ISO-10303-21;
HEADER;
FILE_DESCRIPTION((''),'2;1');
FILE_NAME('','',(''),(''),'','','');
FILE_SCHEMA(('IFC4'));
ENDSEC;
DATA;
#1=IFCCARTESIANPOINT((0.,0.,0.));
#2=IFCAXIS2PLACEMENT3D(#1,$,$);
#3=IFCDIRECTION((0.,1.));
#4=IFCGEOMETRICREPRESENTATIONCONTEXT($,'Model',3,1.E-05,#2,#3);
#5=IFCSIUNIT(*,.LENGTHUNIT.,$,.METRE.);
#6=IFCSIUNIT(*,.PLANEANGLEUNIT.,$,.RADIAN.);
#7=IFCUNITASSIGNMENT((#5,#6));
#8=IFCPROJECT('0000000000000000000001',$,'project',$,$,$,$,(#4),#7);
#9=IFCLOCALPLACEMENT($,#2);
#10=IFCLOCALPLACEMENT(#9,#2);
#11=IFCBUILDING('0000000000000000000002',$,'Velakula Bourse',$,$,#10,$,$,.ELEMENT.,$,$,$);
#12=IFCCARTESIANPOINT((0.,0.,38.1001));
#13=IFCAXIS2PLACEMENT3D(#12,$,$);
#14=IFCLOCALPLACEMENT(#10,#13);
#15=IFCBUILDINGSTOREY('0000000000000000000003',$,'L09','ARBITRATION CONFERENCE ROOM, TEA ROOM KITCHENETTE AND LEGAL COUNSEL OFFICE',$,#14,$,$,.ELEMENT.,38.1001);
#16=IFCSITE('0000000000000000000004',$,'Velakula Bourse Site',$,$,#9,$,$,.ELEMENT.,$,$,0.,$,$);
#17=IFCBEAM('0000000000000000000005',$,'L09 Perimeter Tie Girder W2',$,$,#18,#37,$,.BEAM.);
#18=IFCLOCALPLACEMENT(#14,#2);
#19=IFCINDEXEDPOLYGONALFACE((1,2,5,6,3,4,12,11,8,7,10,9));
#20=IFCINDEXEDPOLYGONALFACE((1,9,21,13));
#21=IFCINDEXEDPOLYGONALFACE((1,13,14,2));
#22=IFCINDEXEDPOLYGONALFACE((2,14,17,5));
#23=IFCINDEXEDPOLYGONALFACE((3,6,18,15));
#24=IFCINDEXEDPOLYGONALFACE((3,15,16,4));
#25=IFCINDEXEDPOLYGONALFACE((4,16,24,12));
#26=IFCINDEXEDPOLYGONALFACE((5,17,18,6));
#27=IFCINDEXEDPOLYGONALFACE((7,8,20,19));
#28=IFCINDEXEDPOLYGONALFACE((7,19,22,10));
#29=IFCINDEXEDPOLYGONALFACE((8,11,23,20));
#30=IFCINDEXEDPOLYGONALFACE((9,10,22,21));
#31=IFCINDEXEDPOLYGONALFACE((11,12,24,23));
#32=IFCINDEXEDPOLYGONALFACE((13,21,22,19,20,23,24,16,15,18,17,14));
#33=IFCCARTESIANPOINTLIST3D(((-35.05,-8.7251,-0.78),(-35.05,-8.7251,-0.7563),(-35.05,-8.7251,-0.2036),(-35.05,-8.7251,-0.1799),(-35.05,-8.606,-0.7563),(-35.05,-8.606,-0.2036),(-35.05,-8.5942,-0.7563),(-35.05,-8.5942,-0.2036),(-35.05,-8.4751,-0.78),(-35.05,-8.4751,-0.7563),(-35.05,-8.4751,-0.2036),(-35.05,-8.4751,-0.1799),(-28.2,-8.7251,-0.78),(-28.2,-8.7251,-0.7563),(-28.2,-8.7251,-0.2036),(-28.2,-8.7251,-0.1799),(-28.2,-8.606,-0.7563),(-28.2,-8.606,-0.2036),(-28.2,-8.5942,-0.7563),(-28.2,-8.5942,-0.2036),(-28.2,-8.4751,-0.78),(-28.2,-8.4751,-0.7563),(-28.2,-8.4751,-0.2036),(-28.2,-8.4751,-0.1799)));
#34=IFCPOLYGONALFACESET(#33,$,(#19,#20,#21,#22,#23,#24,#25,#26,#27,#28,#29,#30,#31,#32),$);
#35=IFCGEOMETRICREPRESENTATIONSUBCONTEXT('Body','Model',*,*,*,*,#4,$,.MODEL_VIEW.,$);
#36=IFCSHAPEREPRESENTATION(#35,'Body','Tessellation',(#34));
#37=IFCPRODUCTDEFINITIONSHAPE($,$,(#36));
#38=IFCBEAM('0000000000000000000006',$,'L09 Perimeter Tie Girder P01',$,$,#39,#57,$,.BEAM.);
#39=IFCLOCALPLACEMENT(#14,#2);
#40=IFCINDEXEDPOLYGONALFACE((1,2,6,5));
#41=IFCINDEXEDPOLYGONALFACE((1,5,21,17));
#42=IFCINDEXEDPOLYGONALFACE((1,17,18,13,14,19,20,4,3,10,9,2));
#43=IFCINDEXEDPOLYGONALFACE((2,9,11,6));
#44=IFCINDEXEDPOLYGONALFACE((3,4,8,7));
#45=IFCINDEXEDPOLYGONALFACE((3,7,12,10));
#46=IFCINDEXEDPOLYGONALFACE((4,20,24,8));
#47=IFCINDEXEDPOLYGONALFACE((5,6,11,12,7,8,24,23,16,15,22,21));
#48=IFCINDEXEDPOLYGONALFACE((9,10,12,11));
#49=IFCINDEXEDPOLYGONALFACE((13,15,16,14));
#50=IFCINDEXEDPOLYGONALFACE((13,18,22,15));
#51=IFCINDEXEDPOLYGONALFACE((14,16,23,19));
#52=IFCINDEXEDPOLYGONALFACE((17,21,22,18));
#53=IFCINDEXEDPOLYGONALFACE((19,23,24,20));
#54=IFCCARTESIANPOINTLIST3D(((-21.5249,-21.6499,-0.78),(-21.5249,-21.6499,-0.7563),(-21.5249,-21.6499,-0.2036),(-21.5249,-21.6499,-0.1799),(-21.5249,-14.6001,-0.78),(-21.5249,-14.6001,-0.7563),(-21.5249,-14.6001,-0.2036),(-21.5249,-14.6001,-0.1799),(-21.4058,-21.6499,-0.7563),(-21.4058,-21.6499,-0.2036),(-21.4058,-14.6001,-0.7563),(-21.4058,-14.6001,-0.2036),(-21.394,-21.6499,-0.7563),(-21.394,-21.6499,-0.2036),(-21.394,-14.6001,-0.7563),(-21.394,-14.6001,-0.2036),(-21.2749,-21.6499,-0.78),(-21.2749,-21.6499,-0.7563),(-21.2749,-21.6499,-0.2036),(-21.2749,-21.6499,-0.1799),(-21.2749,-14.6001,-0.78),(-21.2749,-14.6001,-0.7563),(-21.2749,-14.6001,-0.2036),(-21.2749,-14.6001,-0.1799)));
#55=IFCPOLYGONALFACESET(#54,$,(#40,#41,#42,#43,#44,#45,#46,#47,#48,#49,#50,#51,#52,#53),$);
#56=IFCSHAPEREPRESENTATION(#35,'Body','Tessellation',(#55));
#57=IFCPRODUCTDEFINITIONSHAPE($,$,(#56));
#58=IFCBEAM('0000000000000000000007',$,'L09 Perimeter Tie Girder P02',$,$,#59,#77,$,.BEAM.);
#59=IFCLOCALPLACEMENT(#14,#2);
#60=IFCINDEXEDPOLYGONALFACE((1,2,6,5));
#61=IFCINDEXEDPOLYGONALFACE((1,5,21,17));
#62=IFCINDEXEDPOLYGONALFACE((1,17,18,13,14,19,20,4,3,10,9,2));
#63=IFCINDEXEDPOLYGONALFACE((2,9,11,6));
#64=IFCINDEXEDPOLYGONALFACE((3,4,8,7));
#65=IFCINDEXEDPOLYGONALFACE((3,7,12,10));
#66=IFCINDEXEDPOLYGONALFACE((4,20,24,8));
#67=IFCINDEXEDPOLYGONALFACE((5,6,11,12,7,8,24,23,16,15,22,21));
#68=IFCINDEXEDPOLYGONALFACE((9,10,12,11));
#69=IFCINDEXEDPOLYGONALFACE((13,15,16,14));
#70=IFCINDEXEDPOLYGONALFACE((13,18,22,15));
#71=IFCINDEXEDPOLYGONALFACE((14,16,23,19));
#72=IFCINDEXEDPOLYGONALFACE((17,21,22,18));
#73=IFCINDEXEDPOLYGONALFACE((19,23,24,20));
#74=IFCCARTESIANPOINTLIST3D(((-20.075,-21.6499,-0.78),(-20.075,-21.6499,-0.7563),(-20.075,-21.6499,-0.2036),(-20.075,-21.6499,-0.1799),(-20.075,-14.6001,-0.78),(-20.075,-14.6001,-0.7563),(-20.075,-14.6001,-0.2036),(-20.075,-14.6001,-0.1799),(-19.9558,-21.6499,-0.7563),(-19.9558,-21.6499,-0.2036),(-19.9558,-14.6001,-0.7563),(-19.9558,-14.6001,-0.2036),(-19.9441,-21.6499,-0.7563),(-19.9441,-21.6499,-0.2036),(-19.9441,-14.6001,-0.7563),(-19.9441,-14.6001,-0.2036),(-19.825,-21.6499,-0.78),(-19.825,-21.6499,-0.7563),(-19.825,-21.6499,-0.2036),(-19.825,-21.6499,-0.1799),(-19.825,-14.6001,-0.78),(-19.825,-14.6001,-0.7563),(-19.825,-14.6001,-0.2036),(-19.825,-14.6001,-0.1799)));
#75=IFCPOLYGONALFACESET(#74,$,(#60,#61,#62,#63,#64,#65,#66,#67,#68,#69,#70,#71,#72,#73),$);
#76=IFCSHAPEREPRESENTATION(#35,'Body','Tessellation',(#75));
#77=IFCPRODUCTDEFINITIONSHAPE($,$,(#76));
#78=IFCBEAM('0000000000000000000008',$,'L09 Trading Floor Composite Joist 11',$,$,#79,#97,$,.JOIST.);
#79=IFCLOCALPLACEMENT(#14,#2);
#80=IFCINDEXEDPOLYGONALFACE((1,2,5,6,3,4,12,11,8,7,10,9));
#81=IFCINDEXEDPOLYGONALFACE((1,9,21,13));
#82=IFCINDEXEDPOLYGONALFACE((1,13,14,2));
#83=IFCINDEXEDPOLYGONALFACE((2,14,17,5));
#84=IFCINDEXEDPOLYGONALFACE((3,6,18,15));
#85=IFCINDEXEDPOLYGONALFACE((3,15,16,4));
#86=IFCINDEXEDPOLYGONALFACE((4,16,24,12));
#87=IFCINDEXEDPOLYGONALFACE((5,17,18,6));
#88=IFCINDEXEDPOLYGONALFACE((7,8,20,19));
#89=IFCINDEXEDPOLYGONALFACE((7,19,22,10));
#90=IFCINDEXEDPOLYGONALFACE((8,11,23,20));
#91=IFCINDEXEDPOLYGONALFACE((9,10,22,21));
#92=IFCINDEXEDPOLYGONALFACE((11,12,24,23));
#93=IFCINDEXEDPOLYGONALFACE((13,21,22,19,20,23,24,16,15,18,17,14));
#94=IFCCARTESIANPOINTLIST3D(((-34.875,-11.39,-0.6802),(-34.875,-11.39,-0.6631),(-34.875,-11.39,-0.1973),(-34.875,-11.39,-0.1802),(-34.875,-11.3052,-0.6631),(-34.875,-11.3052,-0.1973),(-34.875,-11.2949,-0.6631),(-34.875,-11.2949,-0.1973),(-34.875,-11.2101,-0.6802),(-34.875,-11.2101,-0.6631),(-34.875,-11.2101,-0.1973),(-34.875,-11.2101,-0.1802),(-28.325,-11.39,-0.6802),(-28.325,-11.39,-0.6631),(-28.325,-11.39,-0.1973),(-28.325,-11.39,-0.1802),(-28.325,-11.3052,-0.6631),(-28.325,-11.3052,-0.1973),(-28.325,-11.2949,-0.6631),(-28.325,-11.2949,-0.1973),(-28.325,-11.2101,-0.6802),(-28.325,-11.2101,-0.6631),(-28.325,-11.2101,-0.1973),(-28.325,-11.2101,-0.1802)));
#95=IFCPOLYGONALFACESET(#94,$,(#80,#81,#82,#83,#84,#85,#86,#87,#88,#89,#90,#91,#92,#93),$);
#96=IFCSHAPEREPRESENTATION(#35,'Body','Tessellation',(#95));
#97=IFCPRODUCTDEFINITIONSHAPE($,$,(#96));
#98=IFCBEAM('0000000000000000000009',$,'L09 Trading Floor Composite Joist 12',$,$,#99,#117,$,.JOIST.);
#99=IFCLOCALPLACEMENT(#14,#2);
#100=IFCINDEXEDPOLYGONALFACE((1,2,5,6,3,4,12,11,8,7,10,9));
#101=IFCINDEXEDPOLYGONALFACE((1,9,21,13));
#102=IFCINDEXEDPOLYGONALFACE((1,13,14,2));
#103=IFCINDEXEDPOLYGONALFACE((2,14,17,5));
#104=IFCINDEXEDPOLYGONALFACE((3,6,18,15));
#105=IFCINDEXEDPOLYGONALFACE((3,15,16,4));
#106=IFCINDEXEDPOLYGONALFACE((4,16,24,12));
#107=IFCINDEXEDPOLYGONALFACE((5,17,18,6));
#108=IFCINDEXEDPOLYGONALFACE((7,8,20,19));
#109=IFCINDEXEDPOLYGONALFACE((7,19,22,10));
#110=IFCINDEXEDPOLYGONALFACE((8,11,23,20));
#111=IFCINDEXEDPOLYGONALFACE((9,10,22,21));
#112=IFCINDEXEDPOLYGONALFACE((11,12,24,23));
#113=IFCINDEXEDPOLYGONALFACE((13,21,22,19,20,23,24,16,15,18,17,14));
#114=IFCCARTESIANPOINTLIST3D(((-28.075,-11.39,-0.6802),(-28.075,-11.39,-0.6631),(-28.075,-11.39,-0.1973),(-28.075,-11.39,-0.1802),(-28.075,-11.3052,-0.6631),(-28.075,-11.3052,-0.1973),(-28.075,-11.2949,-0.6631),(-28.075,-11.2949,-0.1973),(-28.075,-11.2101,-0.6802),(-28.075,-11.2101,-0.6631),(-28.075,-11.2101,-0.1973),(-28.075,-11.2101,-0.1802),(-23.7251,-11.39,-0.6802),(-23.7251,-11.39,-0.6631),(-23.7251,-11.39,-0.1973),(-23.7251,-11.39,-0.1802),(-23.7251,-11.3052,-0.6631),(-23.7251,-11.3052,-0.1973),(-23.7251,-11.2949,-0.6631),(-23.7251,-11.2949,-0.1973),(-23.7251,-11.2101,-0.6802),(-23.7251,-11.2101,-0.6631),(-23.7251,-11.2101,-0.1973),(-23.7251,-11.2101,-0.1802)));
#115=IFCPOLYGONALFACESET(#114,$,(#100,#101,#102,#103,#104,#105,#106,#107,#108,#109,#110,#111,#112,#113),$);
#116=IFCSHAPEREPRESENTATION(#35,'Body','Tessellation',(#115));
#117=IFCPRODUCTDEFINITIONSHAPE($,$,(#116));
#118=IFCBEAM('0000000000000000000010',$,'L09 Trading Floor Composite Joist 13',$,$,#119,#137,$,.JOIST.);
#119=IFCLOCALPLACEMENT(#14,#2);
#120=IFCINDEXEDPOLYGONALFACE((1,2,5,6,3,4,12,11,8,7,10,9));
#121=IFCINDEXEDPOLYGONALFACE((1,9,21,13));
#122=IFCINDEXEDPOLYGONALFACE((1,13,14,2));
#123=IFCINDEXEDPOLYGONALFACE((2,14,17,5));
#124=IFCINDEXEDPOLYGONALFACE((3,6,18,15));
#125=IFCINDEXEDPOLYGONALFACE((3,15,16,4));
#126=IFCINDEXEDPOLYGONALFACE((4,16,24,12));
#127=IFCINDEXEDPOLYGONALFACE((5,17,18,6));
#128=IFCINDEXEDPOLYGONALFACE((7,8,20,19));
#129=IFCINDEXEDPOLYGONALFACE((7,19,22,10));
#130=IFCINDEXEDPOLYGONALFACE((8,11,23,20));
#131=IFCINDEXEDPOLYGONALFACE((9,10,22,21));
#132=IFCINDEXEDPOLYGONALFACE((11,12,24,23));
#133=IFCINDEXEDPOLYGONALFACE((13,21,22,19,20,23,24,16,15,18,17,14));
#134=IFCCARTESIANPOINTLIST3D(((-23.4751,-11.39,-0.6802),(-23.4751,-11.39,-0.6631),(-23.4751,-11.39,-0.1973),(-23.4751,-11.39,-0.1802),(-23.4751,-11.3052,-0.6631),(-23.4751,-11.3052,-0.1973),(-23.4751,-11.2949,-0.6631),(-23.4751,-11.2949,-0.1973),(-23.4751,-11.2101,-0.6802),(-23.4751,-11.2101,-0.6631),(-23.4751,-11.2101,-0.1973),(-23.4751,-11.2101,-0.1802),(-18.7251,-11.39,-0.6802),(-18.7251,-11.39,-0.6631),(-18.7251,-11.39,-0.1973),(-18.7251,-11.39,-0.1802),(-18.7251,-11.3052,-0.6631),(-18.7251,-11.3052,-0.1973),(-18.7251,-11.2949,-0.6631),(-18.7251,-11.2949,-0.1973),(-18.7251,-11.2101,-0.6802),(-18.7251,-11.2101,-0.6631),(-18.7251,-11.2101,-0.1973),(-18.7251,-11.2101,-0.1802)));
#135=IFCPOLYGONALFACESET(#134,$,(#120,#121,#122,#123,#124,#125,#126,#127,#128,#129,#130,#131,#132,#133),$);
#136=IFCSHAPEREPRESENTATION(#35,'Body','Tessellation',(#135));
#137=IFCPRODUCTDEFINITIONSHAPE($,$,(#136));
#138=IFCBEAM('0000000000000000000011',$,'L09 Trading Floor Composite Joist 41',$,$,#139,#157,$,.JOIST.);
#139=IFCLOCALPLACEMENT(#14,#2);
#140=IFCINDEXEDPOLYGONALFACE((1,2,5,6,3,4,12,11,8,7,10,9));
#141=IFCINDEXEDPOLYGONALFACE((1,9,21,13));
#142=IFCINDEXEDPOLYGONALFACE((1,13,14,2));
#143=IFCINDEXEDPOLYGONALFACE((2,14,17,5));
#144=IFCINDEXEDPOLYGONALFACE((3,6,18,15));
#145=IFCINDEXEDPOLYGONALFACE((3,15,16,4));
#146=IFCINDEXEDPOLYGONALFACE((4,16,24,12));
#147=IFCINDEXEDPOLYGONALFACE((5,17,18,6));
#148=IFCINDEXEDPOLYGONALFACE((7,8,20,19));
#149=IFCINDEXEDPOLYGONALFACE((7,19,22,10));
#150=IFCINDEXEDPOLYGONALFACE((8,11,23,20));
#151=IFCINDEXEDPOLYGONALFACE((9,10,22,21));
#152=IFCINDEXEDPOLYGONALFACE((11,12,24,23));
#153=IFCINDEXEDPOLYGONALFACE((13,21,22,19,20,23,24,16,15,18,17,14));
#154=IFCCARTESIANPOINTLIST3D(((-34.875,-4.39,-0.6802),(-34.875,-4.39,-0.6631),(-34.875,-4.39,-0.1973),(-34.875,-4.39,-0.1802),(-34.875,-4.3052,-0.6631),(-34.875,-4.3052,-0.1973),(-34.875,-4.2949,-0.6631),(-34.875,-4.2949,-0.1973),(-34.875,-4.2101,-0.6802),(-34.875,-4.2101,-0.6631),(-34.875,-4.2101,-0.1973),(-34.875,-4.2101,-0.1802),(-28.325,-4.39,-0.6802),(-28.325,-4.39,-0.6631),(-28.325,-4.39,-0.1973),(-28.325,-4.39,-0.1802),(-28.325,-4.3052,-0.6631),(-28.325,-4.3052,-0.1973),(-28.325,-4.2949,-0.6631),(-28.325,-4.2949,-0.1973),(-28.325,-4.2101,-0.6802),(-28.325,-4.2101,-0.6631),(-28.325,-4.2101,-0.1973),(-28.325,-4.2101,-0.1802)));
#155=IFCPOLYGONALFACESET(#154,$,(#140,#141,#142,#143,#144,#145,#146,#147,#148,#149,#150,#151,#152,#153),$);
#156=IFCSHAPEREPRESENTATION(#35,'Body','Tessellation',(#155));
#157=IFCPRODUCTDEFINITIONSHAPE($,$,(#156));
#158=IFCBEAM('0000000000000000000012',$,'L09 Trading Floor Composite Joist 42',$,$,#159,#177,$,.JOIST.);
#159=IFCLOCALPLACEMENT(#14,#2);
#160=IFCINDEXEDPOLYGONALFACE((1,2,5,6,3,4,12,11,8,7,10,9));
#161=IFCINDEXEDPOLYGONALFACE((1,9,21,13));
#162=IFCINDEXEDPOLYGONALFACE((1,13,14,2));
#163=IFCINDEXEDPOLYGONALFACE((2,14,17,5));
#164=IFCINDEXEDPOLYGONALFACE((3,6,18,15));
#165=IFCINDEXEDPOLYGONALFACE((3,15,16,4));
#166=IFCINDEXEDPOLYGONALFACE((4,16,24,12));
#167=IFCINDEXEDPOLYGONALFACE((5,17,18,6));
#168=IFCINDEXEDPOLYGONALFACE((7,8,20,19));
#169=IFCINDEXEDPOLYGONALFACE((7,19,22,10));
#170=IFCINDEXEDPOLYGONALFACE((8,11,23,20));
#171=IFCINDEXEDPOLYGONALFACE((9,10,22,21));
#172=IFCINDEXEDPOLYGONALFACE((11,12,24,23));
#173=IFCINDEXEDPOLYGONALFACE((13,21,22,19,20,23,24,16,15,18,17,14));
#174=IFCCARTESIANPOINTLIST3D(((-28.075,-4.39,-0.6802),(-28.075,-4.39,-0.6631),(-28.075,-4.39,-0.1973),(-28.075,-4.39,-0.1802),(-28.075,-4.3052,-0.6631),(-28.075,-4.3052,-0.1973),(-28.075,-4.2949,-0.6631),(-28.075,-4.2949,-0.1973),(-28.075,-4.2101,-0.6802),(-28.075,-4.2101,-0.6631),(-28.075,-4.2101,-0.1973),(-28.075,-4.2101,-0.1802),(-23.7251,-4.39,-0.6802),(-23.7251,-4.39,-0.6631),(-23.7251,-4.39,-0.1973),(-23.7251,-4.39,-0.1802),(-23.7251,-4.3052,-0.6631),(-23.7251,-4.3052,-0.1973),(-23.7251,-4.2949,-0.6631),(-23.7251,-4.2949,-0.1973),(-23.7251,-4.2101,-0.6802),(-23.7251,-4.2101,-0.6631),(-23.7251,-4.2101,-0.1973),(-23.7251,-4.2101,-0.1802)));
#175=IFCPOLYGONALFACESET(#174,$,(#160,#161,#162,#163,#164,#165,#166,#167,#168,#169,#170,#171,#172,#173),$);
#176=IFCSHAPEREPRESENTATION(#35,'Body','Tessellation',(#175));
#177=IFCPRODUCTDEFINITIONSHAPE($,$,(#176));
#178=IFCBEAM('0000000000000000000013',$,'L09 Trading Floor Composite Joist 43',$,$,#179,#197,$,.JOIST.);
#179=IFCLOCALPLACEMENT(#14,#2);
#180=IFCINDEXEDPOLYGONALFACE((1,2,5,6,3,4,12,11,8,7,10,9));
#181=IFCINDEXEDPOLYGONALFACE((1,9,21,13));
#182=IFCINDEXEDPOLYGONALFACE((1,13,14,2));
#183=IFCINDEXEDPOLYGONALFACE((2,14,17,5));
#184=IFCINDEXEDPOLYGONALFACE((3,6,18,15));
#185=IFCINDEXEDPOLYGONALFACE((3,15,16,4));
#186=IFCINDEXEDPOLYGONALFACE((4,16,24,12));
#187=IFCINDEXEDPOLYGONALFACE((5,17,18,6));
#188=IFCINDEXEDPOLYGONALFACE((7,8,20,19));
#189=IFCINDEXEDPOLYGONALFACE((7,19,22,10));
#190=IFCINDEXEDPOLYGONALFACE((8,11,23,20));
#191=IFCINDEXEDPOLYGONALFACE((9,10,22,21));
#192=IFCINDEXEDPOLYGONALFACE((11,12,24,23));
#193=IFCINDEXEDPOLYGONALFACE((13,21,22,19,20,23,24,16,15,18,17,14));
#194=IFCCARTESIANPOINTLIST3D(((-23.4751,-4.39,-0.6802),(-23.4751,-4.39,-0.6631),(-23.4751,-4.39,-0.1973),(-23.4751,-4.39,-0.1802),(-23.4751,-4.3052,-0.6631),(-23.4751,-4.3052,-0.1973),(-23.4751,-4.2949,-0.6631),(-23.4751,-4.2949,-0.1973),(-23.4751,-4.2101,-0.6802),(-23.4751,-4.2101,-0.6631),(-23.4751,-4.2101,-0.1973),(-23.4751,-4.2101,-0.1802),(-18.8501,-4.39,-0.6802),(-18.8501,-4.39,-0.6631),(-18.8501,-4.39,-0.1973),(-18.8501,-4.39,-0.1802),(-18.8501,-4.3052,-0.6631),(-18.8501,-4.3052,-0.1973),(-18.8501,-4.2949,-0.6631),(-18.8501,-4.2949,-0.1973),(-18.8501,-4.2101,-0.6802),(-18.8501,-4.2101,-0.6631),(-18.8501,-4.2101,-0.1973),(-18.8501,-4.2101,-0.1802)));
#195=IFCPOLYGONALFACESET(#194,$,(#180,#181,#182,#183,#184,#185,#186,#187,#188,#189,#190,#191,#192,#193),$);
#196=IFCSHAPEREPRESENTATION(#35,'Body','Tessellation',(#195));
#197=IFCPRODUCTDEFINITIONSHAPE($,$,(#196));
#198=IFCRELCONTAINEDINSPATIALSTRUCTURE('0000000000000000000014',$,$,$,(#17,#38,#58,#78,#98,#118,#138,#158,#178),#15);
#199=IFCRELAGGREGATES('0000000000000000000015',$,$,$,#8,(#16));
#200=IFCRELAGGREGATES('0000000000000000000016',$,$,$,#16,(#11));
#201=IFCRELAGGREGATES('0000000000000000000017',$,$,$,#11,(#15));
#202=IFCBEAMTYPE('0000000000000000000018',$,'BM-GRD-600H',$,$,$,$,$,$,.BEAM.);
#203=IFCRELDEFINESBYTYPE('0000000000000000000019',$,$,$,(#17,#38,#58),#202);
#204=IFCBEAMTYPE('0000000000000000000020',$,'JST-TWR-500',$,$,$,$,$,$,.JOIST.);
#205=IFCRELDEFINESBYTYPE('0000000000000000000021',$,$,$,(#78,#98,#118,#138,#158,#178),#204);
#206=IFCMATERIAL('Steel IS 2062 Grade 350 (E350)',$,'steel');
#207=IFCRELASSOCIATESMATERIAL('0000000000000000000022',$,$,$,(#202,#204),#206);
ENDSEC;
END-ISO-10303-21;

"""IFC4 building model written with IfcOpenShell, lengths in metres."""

from ifc_helpers import new_model, si_unit, direction, frame, origin, origin_2d, place, context, subcontext, project, spatial, i_section, extrude, material, material_profile, profile_set, type_object, element, save


model = new_model("IFC4")

# Units and contexts
model_context = context("Model", 3, precision=1e-05, world=origin(), true_north=direction((0.0, 1.0)))
body_context = subcontext(model_context, "Body", "Model", "MODEL_VIEW")
ifc_project = project(units=[si_unit("LENGTHUNIT", "METRE"), si_unit("PLANEANGLEUNIT", "RADIAN")], contexts=[model_context])

# Site, building, storey
site_placement = place(None, origin())
site = spatial("IfcSite", under=ifc_project, at=site_placement, Name="Velakula Bourse Site", CompositionType="ELEMENT", RefElevation=0.0)
building_placement = place(site_placement, origin())
building = spatial("IfcBuilding", under=site, at=building_placement, Name="Velakula Bourse", CompositionType="ELEMENT")
storey_placement = place(building_placement, frame((0.0, 0.0, 38.1001)))
storey = spatial("IfcBuildingStorey", under=building, at=storey_placement, Name="L09", Description="ARBITRATION CONFERENCE ROOM, TEA ROOM KITCHENETTE AND LEGAL COUNSEL OFFICE", CompositionType="ELEMENT", Elevation=38.1001)

# Beams
ifc_material_1 = material(Name="Steel IS 2062 Grade 350 (E350)", Category="steel")
ifc_material_profile_1 = material_profile(ifc_material_1, i_section(OverallWidth=0.25, OverallDepth=0.6001, WebThickness=0.0117, FlangeThickness=0.0237, at=origin_2d()), Name="Steel IS 2062 Grade 350 (E350)")
ifc_profile_set_1 = profile_set([ifc_material_profile_1], Name="Steel IS 2062 Grade 350 (E350)")
beam_type_1 = type_object("IfcBeamType", Name="BM-GRD-600H", PredefinedType="BEAM", material=ifc_profile_set_1)
beam_1_placement = place(storey_placement, frame((-28.2, -8.6001, -0.48), z_axis=(-1.0, 0.0, 0.0), x_axis=(0.0, -1.0, 0.0)))
element("IfcBeam", 1, at=beam_1_placement, inside=storey, type_object=beam_type_1, Name="L09 Perimeter Tie Girder W2", PredefinedType="BEAM", context=body_context, shape_type="SweptSolid", body=[
    extrude(i_section(OverallWidth=0.25, OverallDepth=0.6001, WebThickness=0.0117, FlangeThickness=0.0237, at=origin_2d()), origin(), (0.0, 0.0, 1.0), 6.8501),
])
for number, where, z_axis, x_axis, name in (
    (2, (-21.3999, -14.6001, -0.48), (0.0, -1.0, 0.0), (1.0, 0.0, 0.0), "L09 Perimeter Tie Girder P01"),
    (3, (-19.95, -14.6001, -0.48), (0.0, -1.0, 0.0), (1.0, 0.0, 0.0), "L09 Perimeter Tie Girder P02"),
):
    element("IfcBeam", number, at=place(storey_placement, frame(where, z_axis=z_axis, x_axis=x_axis)), inside=storey, type_object=beam_type_1, Name=name, PredefinedType="BEAM", context=body_context, shape_type="SweptSolid", body=[
        extrude(i_section(OverallWidth=0.25, OverallDepth=0.6001, WebThickness=0.0117, FlangeThickness=0.0237, at=origin_2d()), origin(), (0.0, 0.0, 1.0), 7.0498),
    ])
ifc_material_profile_2 = material_profile(ifc_material_1, i_section(OverallWidth=0.1799, OverallDepth=0.5, WebThickness=0.0103, FlangeThickness=0.0171, at=origin_2d()), Name="Steel IS 2062 Grade 350 (E350)")
ifc_profile_set_2 = profile_set([ifc_material_profile_2], Name="Steel IS 2062 Grade 350 (E350)")
beam_type_2 = type_object("IfcBeamType", Name="JST-TWR-500", PredefinedType="JOIST", material=ifc_profile_set_2)
beam_2_placement = place(storey_placement, frame((-34.875, -11.3, -0.4302), z_axis=(1.0, 0.0, 0.0), x_axis=(0.0, 1.0, 0.0)))
element("IfcBeam", 4, at=beam_2_placement, inside=storey, type_object=beam_type_2, Name="L09 Trading Floor Composite Joist 11", PredefinedType="JOIST", context=body_context, shape_type="SweptSolid", body=[
    extrude(i_section(OverallWidth=0.1799, OverallDepth=0.5, WebThickness=0.0103, FlangeThickness=0.0171, at=origin_2d()), origin(), (0.0, 0.0, 1.0), 6.55),
])
beam_3_placement = place(storey_placement, frame((-28.075, -11.3, -0.4302), z_axis=(1.0, 0.0, 0.0), x_axis=(0.0, 1.0, 0.0)))
element("IfcBeam", 5, at=beam_3_placement, inside=storey, type_object=beam_type_2, Name="L09 Trading Floor Composite Joist 12", PredefinedType="JOIST", context=body_context, shape_type="SweptSolid", body=[
    extrude(i_section(OverallWidth=0.1799, OverallDepth=0.5, WebThickness=0.0103, FlangeThickness=0.0171, at=origin_2d()), origin(), (0.0, 0.0, 1.0), 4.3499),
])
beam_4_placement = place(storey_placement, frame((-23.4751, -11.3, -0.4302), z_axis=(1.0, 0.0, 0.0), x_axis=(0.0, 1.0, 0.0)))
element("IfcBeam", 6, at=beam_4_placement, inside=storey, type_object=beam_type_2, Name="L09 Trading Floor Composite Joist 13", PredefinedType="JOIST", context=body_context, shape_type="SweptSolid", body=[
    extrude(i_section(OverallWidth=0.1799, OverallDepth=0.5, WebThickness=0.0103, FlangeThickness=0.0171, at=origin_2d()), origin(), (0.0, 0.0, 1.0), 4.75),
])
beam_5_placement = place(storey_placement, frame((-34.875, -4.3, -0.4302), z_axis=(1.0, 0.0, 0.0), x_axis=(0.0, 1.0, 0.0)))
element("IfcBeam", 7, at=beam_5_placement, inside=storey, type_object=beam_type_2, Name="L09 Trading Floor Composite Joist 41", PredefinedType="JOIST", context=body_context, shape_type="SweptSolid", body=[
    extrude(i_section(OverallWidth=0.1799, OverallDepth=0.5, WebThickness=0.0103, FlangeThickness=0.0171, at=origin_2d()), origin(), (0.0, 0.0, 1.0), 6.55),
])
beam_6_placement = place(storey_placement, frame((-28.075, -4.3, -0.4302), z_axis=(1.0, 0.0, 0.0), x_axis=(0.0, 1.0, 0.0)))
element("IfcBeam", 8, at=beam_6_placement, inside=storey, type_object=beam_type_2, Name="L09 Trading Floor Composite Joist 42", PredefinedType="JOIST", context=body_context, shape_type="SweptSolid", body=[
    extrude(i_section(OverallWidth=0.1799, OverallDepth=0.5, WebThickness=0.0103, FlangeThickness=0.0171, at=origin_2d()), origin(), (0.0, 0.0, 1.0), 4.3499),
])
beam_7_placement = place(storey_placement, frame((-23.4751, -4.3, -0.4302), z_axis=(1.0, 0.0, 0.0), x_axis=(0.0, 1.0, 0.0)))
element("IfcBeam", 9, at=beam_7_placement, inside=storey, type_object=beam_type_2, Name="L09 Trading Floor Composite Joist 43", PredefinedType="JOIST", context=body_context, shape_type="SweptSolid", body=[
    extrude(i_section(OverallWidth=0.1799, OverallDepth=0.5, WebThickness=0.0103, FlangeThickness=0.0171, at=origin_2d()), origin(), (0.0, 0.0, 1.0), 4.625),
])

save(model, "model.ifc")
